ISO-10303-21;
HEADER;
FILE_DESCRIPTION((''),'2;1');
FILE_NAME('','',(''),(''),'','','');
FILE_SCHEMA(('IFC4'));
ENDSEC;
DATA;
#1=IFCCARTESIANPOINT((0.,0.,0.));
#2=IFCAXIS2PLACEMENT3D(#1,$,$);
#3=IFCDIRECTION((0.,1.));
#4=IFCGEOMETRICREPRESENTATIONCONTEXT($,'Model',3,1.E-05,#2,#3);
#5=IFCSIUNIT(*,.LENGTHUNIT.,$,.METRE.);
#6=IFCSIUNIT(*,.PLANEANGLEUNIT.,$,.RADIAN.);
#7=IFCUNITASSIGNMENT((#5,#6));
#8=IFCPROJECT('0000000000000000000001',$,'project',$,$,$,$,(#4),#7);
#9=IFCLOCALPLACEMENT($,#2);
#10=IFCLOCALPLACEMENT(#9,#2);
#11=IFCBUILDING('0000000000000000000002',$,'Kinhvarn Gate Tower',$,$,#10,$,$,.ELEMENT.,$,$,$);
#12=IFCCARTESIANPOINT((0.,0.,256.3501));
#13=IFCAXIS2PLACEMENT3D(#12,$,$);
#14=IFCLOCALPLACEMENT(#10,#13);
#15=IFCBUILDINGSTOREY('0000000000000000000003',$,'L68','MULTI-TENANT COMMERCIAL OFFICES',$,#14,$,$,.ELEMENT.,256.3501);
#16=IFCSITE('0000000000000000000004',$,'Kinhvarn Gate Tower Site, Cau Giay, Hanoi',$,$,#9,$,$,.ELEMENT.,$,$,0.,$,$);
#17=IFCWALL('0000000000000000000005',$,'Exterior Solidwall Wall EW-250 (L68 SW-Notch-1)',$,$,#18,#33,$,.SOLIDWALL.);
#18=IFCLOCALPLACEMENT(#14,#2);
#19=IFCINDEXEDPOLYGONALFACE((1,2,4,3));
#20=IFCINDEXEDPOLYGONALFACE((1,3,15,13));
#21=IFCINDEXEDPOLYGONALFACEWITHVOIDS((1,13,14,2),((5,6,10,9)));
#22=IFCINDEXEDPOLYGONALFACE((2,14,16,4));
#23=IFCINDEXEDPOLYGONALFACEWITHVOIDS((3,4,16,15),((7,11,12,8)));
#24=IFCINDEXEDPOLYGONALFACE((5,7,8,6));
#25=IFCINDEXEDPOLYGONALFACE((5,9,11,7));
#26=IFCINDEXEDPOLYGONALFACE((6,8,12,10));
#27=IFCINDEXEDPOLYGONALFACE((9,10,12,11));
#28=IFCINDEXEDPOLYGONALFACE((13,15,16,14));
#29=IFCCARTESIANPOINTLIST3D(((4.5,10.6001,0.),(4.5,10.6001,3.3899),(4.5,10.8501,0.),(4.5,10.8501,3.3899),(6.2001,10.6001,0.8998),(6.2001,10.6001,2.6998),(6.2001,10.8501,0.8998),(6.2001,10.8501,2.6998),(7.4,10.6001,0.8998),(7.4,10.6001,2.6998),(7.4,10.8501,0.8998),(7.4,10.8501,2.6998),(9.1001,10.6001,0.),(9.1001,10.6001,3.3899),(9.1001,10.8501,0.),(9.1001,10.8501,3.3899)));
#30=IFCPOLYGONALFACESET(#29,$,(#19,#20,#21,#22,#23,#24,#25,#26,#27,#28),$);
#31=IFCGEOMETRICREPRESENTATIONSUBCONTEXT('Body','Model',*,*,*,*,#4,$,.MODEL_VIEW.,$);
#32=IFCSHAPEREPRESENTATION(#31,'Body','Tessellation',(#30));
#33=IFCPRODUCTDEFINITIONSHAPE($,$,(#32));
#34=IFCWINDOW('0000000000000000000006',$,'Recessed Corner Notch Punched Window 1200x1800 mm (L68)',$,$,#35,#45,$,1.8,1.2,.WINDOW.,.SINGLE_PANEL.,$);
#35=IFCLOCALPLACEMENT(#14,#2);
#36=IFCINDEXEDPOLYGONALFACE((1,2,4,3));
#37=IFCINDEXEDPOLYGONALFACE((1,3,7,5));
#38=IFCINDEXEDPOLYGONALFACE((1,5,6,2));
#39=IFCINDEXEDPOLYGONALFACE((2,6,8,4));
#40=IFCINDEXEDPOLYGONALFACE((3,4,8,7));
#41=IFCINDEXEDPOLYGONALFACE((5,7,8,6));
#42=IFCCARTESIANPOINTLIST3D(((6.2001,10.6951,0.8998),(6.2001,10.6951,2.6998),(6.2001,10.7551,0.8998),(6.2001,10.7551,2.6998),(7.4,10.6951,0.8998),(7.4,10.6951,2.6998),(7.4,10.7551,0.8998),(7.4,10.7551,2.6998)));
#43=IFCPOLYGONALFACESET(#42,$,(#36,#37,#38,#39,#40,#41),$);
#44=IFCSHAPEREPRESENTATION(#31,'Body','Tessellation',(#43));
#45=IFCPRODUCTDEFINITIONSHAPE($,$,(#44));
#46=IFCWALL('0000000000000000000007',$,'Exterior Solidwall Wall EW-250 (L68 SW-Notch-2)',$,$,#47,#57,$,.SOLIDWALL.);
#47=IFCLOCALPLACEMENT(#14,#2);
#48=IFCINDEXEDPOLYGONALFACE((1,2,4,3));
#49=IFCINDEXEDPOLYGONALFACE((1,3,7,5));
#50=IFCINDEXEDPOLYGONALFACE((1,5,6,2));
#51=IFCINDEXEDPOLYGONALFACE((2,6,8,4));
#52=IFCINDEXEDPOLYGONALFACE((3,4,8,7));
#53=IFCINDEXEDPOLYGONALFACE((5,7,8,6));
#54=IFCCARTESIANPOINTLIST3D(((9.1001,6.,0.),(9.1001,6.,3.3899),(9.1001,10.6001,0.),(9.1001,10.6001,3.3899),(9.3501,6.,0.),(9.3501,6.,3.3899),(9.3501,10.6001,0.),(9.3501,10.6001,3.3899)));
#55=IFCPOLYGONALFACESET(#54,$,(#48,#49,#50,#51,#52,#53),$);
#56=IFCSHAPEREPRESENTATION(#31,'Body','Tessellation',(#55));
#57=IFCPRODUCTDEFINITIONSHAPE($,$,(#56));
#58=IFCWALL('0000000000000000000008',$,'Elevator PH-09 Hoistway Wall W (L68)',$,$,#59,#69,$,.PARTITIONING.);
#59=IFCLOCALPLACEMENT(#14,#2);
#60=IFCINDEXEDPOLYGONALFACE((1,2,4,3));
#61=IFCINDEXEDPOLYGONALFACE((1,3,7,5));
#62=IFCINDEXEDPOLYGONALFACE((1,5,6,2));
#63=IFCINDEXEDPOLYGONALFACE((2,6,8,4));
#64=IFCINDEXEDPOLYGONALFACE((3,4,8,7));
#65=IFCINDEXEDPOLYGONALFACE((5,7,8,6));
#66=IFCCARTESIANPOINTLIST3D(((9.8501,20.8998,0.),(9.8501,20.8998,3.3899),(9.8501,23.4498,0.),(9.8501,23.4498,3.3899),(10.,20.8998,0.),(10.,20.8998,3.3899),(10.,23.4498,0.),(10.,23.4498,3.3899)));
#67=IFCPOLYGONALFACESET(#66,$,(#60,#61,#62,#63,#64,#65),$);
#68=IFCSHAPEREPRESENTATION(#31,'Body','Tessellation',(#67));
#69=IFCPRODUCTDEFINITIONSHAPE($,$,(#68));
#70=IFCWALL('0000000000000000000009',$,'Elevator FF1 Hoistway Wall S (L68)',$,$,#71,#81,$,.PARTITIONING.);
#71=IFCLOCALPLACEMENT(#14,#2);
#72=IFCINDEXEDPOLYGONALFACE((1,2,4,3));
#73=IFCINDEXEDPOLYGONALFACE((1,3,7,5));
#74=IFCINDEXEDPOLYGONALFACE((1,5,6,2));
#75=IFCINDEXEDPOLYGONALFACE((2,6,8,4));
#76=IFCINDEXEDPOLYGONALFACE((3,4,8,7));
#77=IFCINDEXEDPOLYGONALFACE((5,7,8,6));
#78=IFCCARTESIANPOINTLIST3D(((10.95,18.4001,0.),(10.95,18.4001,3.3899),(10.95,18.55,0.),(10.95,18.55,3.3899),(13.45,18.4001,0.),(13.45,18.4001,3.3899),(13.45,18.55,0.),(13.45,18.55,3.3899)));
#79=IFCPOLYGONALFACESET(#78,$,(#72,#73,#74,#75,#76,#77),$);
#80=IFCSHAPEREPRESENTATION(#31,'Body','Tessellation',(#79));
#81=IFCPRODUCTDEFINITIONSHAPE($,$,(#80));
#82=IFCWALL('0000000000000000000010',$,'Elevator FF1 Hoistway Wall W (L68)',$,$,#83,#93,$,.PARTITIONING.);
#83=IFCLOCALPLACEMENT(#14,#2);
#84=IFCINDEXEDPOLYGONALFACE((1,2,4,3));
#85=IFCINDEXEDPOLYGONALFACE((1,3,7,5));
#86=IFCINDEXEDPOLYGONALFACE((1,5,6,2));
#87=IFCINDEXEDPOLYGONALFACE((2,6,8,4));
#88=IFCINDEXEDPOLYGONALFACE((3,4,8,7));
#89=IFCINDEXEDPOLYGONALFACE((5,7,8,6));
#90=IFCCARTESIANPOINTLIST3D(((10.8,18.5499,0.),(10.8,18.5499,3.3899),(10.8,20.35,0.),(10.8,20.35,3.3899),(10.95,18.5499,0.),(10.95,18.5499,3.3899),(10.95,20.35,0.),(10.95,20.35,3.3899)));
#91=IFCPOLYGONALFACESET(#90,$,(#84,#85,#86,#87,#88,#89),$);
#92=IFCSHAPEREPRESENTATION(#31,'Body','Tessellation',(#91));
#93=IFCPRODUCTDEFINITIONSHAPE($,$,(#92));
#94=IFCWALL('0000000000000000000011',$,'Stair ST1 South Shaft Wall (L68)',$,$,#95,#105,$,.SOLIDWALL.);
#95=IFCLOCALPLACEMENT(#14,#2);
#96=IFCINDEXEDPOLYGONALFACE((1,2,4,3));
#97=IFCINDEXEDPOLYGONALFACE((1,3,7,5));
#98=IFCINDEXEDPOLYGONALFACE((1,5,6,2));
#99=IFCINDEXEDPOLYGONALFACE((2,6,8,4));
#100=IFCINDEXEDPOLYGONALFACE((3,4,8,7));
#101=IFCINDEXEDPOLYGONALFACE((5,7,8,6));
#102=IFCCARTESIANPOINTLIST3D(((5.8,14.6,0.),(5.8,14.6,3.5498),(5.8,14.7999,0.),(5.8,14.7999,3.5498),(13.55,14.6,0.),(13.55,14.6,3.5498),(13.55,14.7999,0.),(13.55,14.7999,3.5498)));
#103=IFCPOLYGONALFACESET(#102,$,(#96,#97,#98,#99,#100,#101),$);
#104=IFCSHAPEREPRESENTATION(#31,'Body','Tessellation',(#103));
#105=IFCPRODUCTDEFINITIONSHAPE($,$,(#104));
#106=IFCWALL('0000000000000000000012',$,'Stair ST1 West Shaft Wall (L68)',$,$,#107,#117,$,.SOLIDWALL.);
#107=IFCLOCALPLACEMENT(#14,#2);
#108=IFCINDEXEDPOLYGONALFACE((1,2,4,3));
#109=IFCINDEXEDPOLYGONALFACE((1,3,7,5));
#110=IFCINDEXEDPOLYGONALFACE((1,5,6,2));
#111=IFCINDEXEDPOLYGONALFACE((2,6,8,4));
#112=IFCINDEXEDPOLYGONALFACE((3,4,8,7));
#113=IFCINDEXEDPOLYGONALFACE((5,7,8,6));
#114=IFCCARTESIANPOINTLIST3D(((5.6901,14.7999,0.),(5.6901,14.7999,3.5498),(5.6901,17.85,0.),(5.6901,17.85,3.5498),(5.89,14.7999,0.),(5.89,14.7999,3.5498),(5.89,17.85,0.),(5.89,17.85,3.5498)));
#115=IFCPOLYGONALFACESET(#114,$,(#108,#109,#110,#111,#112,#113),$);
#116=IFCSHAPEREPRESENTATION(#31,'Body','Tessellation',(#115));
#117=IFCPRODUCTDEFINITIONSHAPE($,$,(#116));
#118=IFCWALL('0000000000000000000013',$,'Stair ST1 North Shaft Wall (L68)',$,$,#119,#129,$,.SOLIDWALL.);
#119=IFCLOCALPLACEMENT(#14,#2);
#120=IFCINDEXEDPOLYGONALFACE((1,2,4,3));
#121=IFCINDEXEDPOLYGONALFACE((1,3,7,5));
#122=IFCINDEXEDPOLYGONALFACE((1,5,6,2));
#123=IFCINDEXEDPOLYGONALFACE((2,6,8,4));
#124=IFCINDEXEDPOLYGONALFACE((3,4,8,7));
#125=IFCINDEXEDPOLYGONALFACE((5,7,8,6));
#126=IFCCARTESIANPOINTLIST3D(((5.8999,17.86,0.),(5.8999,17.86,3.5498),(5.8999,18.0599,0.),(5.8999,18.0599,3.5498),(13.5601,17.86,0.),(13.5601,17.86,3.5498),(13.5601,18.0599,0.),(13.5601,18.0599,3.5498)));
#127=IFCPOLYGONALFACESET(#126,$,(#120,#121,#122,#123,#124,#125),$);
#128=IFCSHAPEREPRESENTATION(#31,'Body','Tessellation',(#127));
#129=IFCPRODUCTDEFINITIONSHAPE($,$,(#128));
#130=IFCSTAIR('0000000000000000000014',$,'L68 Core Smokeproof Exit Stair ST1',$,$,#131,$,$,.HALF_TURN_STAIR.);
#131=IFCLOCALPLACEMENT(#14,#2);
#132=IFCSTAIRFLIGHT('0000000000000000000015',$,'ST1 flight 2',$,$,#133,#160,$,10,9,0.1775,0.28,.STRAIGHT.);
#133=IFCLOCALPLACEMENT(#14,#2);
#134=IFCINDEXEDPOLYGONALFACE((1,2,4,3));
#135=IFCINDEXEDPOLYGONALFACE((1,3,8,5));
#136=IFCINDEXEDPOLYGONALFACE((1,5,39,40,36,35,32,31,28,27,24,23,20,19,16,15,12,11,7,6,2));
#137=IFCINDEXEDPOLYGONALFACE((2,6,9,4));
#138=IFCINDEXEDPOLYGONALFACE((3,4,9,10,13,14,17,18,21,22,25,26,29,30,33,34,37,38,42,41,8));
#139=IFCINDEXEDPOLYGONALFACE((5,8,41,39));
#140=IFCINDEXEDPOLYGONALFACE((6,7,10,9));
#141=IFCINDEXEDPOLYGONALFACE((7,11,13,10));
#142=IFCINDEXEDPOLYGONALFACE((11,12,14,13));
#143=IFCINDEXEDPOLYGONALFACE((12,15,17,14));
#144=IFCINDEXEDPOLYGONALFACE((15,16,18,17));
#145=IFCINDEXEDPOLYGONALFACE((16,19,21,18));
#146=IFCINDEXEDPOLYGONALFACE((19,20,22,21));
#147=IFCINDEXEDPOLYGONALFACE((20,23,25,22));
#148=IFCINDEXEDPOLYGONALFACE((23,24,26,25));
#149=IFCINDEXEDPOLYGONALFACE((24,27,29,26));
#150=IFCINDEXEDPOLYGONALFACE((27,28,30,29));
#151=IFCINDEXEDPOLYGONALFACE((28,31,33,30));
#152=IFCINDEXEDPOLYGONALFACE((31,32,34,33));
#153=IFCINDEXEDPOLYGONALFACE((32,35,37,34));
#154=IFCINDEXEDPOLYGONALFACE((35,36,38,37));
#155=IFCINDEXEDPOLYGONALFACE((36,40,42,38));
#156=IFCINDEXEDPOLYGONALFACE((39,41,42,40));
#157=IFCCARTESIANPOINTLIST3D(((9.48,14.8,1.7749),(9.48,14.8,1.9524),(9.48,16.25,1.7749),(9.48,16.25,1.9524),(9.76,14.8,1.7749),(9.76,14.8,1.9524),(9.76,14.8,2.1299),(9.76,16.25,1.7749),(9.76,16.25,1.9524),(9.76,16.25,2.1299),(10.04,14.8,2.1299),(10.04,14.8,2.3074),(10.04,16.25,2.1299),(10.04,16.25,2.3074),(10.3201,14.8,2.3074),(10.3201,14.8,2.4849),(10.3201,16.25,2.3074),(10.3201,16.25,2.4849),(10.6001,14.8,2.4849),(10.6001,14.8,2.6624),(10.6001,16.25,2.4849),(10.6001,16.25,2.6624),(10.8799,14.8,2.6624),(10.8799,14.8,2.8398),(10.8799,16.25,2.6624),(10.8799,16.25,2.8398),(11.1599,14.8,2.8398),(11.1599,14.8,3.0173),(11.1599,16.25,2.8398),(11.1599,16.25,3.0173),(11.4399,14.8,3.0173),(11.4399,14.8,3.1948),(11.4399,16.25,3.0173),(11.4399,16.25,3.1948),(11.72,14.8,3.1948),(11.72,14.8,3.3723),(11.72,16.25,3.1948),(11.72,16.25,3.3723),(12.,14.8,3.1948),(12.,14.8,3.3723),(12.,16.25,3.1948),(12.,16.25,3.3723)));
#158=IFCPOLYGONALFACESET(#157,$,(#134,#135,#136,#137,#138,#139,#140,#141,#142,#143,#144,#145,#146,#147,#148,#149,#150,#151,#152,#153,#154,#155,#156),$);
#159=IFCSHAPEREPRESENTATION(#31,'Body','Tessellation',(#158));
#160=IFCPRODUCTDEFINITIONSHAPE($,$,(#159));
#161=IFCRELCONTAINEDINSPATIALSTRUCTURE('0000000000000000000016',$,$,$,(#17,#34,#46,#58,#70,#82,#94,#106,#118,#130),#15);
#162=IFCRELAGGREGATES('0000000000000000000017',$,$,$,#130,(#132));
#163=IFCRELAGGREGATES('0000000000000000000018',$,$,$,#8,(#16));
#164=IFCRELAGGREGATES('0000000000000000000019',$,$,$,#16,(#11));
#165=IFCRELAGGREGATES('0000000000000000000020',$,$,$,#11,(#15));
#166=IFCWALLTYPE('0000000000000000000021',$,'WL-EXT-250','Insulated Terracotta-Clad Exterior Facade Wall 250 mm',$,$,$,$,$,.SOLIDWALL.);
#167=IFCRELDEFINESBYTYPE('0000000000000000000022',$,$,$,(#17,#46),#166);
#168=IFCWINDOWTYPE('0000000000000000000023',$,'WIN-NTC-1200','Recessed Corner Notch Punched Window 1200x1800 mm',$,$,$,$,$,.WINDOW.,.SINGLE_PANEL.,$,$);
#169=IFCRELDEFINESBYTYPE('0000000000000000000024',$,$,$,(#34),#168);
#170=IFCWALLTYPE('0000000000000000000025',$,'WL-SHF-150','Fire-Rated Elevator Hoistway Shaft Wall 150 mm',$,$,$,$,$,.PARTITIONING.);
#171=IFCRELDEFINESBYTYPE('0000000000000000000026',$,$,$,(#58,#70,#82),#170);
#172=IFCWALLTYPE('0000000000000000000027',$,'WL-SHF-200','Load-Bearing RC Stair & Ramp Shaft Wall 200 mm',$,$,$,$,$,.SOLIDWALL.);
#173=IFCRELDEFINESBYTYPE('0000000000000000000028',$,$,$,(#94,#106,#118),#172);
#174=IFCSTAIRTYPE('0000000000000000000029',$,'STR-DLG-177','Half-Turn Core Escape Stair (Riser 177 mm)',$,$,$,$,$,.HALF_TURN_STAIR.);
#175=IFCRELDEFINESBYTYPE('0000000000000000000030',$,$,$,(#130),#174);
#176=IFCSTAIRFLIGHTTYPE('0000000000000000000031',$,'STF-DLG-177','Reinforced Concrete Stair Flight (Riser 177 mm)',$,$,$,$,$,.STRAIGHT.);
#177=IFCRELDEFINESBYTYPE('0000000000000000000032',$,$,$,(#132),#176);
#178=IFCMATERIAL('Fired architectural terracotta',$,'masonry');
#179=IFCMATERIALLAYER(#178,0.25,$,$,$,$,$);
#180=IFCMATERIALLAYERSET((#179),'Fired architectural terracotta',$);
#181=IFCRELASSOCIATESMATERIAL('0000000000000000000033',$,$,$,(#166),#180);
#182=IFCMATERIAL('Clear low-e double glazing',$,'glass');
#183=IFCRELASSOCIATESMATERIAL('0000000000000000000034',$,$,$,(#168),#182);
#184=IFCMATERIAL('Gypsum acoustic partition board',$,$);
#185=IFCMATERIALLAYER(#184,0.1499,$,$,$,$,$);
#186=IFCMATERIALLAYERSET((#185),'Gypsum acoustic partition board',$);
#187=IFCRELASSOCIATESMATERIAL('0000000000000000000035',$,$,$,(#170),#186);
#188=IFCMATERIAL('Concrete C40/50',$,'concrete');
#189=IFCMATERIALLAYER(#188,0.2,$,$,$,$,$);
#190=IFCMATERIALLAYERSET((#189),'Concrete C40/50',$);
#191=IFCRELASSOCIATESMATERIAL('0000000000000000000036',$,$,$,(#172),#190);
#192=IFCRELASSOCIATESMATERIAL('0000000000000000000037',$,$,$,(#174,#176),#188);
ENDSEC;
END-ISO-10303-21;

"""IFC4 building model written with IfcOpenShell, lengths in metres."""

from ifc_helpers import new_model, si_unit, direction, frame, frame_2d, origin, place, context, subcontext, project, spatial, polyline, rectangle, outline, extrude, material, layer, layer_set, type_object, element, fill, aggregate, save


model = new_model("IFC4")

# Units and contexts
model_context = context("Model", 3, precision=1e-05, world=origin(), true_north=direction((0.0, 1.0)))
body_context = subcontext(model_context, "Body", "Model", "MODEL_VIEW")
ifc_project = project(units=[si_unit("LENGTHUNIT", "METRE"), si_unit("PLANEANGLEUNIT", "RADIAN")], contexts=[model_context])

# Site, building, storey
site_placement = place(None, origin())
site = spatial("IfcSite", under=ifc_project, at=site_placement, Name="Kinhvarn Gate Tower Site, Cau Giay, Hanoi", CompositionType="ELEMENT", RefElevation=0.0)
building_placement = place(site_placement, origin())
building = spatial("IfcBuilding", under=site, at=building_placement, Name="Kinhvarn Gate Tower", CompositionType="ELEMENT")
storey_placement = place(building_placement, frame((0.0, 0.0, 256.3501)))
storey = spatial("IfcBuildingStorey", under=building, at=storey_placement, Name="L68", Description="MULTI-TENANT COMMERCIAL OFFICES", CompositionType="ELEMENT", Elevation=256.3501)

# Wall, opening, window
ifc_material_1 = material(Name="Fired architectural terracotta", Category="masonry")
ifc_layer_1 = layer(ifc_material_1, 0.25)
ifc_layer_set_1 = layer_set([ifc_layer_1], Name="Fired architectural terracotta")
wall_type_1 = type_object("IfcWallType", Name="WL-EXT-250", Description="Insulated Terracotta-Clad Exterior Facade Wall 250 mm", PredefinedType="SOLIDWALL", material=ifc_layer_set_1)
ifc_material_2 = material(Name="Clear low-e double glazing", Category="glass")
wall_1_placement = place(storey_placement, frame((4.5, 10.7251, 0.0), z_axis=(0.0, 0.0, 1.0), x_axis=(1.0, 0.0, 0.0)))
wall_1 = element("IfcWall", 1, at=wall_1_placement, inside=storey, type_object=wall_type_1, Name="Exterior Solidwall Wall EW-250 (L68 SW-Notch-1)", PredefinedType="SOLIDWALL", context=body_context, shape_type="SweptSolid", body=[
    extrude(rectangle(XDim=4.6001, YDim=0.25, at=frame_2d((2.3, 0.0))), origin(), (0.0, 0.0, 1.0), 3.3899),
])
opening_1_placement = place(wall_1_placement, frame((1.7, 0.0, 0.8999)))
opening_1 = element("IfcOpeningElement", 2, at=opening_1_placement, cuts=wall_1, PredefinedType="OPENING", context=body_context, shape_type="SweptSolid", body=[
    extrude(rectangle(XDim=1.2, YDim=1.8, at=frame_2d((0.6001, 0.8999))), frame((0.0, 0.135, 0.0), z_axis=(0.0, -1.0, 0.0), x_axis=(1.0, 0.0, 0.0)), (0.0, 0.0, 1.0), 0.27),
])
window_type_1 = type_object("IfcWindowType", Name="WIN-NTC-1200", Description="Recessed Corner Notch Punched Window 1200x1800 mm", PartitioningType="SINGLE_PANEL", PredefinedType="WINDOW", material=ifc_material_2)
window_1_placement = place(opening_1_placement, origin())
window_1 = element("IfcWindow", 3, at=window_1_placement, inside=storey, type_object=window_type_1, Name="Recessed Corner Notch Punched Window 1200x1800 mm (L68)", OverallHeight=1.8, OverallWidth=1.2, PartitioningType="SINGLE_PANEL", PredefinedType="WINDOW", context=body_context, shape_type="SweptSolid", body=[
    extrude(rectangle(XDim=1.2, YDim=1.8, at=frame_2d((0.6001, 0.8999))), frame((0.0, 0.03, 0.0), z_axis=(0.0, -1.0, 0.0), x_axis=(1.0, 0.0, 0.0)), (0.0, 0.0, 1.0), 0.0601),
])
fill(opening_1, window_1)

# Walls
wall_2_placement = place(storey_placement, frame((9.2251, 10.6001, 0.0), z_axis=(0.0, 0.0, 1.0), x_axis=(0.0, -1.0, 0.0)))
element("IfcWall", 4, at=wall_2_placement, inside=storey, type_object=wall_type_1, Name="Exterior Solidwall Wall EW-250 (L68 SW-Notch-2)", PredefinedType="SOLIDWALL", context=body_context, shape_type="SweptSolid", body=[
    extrude(rectangle(XDim=4.6001, YDim=0.25, at=frame_2d((2.3, 0.0))), origin(), (0.0, 0.0, 1.0), 3.3899),
])
ifc_material_3 = material(Name="Gypsum acoustic partition board")
ifc_layer_2 = layer(ifc_material_3, 0.1499)
ifc_layer_set_2 = layer_set([ifc_layer_2], Name="Gypsum acoustic partition board")
wall_type_2 = type_object("IfcWallType", Name="WL-SHF-150", Description="Fire-Rated Elevator Hoistway Shaft Wall 150 mm", PredefinedType="PARTITIONING", material=ifc_layer_set_2)
wall_3_placement = place(storey_placement, frame((9.925, 20.8999, 0.0), z_axis=(0.0, 0.0, 1.0), x_axis=(0.0, 1.0, 0.0)))
element("IfcWall", 5, at=wall_3_placement, inside=storey, type_object=wall_type_2, Name="Elevator PH-09 Hoistway Wall W (L68)", PredefinedType="PARTITIONING", context=body_context, shape_type="SweptSolid", body=[
    extrude(rectangle(XDim=2.55, YDim=0.1499, at=frame_2d((1.2749, 0.0))), origin(), (0.0, 0.0, 1.0), 3.3899),
])
wall_4_placement = place(storey_placement, frame((10.95, 18.4751, 0.0), z_axis=(0.0, 0.0, 1.0), x_axis=(1.0, 0.0, 0.0)))
element("IfcWall", 6, at=wall_4_placement, inside=storey, type_object=wall_type_2, Name="Elevator FF1 Hoistway Wall S (L68)", PredefinedType="PARTITIONING", context=body_context, shape_type="SweptSolid", body=[
    extrude(rectangle(XDim=2.5, YDim=0.1499, at=frame_2d((1.25, 0.0))), origin(), (0.0, 0.0, 1.0), 3.3899),
])
wall_5_placement = place(storey_placement, frame((10.875, 18.55, 0.0), z_axis=(0.0, 0.0, 1.0), x_axis=(0.0, 1.0, 0.0)))
element("IfcWall", 7, at=wall_5_placement, inside=storey, type_object=wall_type_2, Name="Elevator FF1 Hoistway Wall W (L68)", PredefinedType="PARTITIONING", context=body_context, shape_type="SweptSolid", body=[
    extrude(rectangle(XDim=1.8, YDim=0.1499, at=frame_2d((0.8999, 0.0))), origin(), (0.0, 0.0, 1.0), 3.3899),
])
ifc_material_4 = material(Name="Concrete C40/50", Category="concrete")
ifc_layer_3 = layer(ifc_material_4, 0.2)
ifc_layer_set_3 = layer_set([ifc_layer_3], Name="Concrete C40/50")
wall_type_3 = type_object("IfcWallType", Name="WL-SHF-200", Description="Load-Bearing RC Stair & Ramp Shaft Wall 200 mm", PredefinedType="SOLIDWALL", material=ifc_layer_set_3)
wall_6_placement = place(storey_placement, frame((5.8, 14.7, 0.0), z_axis=(0.0, 0.0, 1.0), x_axis=(1.0, 0.0, 0.0)))
element("IfcWall", 8, at=wall_6_placement, inside=storey, type_object=wall_type_3, Name="Stair ST1 South Shaft Wall (L68)", PredefinedType="SOLIDWALL", context=body_context, shape_type="SweptSolid", body=[
    extrude(rectangle(XDim=7.75, YDim=0.2, at=frame_2d((3.875, 0.0))), origin(), (0.0, 0.0, 1.0), 3.5498),
])
wall_7_placement = place(storey_placement, frame((5.79, 14.8, 0.0), z_axis=(0.0, 0.0, 1.0), x_axis=(0.0, 1.0, 0.0)))
element("IfcWall", 9, at=wall_7_placement, inside=storey, type_object=wall_type_3, Name="Stair ST1 West Shaft Wall (L68)", PredefinedType="SOLIDWALL", context=body_context, shape_type="SweptSolid", body=[
    extrude(rectangle(XDim=3.05, YDim=0.2, at=frame_2d((1.5249, 0.0))), origin(), (0.0, 0.0, 1.0), 3.5498),
])
wall_8_placement = place(storey_placement, frame((5.8999, 17.96, 0.0), z_axis=(0.0, 0.0, 1.0), x_axis=(1.0, 0.0, 0.0)))
element("IfcWall", 10, at=wall_8_placement, inside=storey, type_object=wall_type_3, Name="Stair ST1 North Shaft Wall (L68)", PredefinedType="SOLIDWALL", context=body_context, shape_type="SweptSolid", body=[
    extrude(rectangle(XDim=7.6602, YDim=0.2, at=frame_2d((3.8301, 0.0))), origin(), (0.0, 0.0, 1.0), 3.5498),
])

# Stair, stair flight
stair_type = type_object("IfcStairType", Name="STR-DLG-177", Description="Half-Turn Core Escape Stair (Riser 177 mm)", PredefinedType="HALF_TURN_STAIR", material=ifc_material_4)
stair_placement = place(storey_placement, origin())
stair = element("IfcStair", 11, at=stair_placement, inside=storey, type_object=stair_type, Name="L68 Core Smokeproof Exit Stair ST1", PredefinedType="HALF_TURN_STAIR")
stair_flight_type = type_object("IfcStairFlightType", Name="STF-DLG-177", Description="Reinforced Concrete Stair Flight (Riser 177 mm)", PredefinedType="STRAIGHT", material=ifc_material_4)
stair_flight_placement = place(storey_placement, frame((9.48, 15.5249, 1.7749), z_axis=(0.0, 0.0, 1.0), x_axis=(1.0, 0.0, 0.0)))
stair_flight = element("IfcStairFlight", 12, at=stair_flight_placement, type_object=stair_flight_type, Name="ST1 flight 2", NumberOfRisers=10, NumberOfTreads=9, PredefinedType="STRAIGHT", RiserHeight=0.1775, TreadLength=0.28, context=body_context, shape_type="SweptSolid", body=[
    extrude(outline(polyline([(0.0, 0.0), (0.0, 0.1775), (0.28, 0.1775), (0.28, 0.355), (0.5601, 0.355), (0.5601, 0.5325), (0.8401, 0.5325), (0.8401, 0.71), (1.1201, 0.71), (1.1201, 0.8875), (1.3999, 0.8875), (1.3999, 1.0649), (1.6799, 1.0649), (1.6799, 1.2424), (1.96, 1.2424), (1.96, 1.4199), (2.24, 1.4199), (2.24, 1.5974), (2.52, 1.5974), (2.52, 1.7749), (2.52, 1.4199), (0.28, 0.0), (0.0, 0.0)])), frame((0.0, 0.7251, 0.0), z_axis=(0.0, -1.0, 0.0), x_axis=(1.0, 0.0, 0.0)), (0.0, 0.0, 1.0), 1.45),
])
aggregate(stair, [stair_flight])

save(model, "model.ifc")
